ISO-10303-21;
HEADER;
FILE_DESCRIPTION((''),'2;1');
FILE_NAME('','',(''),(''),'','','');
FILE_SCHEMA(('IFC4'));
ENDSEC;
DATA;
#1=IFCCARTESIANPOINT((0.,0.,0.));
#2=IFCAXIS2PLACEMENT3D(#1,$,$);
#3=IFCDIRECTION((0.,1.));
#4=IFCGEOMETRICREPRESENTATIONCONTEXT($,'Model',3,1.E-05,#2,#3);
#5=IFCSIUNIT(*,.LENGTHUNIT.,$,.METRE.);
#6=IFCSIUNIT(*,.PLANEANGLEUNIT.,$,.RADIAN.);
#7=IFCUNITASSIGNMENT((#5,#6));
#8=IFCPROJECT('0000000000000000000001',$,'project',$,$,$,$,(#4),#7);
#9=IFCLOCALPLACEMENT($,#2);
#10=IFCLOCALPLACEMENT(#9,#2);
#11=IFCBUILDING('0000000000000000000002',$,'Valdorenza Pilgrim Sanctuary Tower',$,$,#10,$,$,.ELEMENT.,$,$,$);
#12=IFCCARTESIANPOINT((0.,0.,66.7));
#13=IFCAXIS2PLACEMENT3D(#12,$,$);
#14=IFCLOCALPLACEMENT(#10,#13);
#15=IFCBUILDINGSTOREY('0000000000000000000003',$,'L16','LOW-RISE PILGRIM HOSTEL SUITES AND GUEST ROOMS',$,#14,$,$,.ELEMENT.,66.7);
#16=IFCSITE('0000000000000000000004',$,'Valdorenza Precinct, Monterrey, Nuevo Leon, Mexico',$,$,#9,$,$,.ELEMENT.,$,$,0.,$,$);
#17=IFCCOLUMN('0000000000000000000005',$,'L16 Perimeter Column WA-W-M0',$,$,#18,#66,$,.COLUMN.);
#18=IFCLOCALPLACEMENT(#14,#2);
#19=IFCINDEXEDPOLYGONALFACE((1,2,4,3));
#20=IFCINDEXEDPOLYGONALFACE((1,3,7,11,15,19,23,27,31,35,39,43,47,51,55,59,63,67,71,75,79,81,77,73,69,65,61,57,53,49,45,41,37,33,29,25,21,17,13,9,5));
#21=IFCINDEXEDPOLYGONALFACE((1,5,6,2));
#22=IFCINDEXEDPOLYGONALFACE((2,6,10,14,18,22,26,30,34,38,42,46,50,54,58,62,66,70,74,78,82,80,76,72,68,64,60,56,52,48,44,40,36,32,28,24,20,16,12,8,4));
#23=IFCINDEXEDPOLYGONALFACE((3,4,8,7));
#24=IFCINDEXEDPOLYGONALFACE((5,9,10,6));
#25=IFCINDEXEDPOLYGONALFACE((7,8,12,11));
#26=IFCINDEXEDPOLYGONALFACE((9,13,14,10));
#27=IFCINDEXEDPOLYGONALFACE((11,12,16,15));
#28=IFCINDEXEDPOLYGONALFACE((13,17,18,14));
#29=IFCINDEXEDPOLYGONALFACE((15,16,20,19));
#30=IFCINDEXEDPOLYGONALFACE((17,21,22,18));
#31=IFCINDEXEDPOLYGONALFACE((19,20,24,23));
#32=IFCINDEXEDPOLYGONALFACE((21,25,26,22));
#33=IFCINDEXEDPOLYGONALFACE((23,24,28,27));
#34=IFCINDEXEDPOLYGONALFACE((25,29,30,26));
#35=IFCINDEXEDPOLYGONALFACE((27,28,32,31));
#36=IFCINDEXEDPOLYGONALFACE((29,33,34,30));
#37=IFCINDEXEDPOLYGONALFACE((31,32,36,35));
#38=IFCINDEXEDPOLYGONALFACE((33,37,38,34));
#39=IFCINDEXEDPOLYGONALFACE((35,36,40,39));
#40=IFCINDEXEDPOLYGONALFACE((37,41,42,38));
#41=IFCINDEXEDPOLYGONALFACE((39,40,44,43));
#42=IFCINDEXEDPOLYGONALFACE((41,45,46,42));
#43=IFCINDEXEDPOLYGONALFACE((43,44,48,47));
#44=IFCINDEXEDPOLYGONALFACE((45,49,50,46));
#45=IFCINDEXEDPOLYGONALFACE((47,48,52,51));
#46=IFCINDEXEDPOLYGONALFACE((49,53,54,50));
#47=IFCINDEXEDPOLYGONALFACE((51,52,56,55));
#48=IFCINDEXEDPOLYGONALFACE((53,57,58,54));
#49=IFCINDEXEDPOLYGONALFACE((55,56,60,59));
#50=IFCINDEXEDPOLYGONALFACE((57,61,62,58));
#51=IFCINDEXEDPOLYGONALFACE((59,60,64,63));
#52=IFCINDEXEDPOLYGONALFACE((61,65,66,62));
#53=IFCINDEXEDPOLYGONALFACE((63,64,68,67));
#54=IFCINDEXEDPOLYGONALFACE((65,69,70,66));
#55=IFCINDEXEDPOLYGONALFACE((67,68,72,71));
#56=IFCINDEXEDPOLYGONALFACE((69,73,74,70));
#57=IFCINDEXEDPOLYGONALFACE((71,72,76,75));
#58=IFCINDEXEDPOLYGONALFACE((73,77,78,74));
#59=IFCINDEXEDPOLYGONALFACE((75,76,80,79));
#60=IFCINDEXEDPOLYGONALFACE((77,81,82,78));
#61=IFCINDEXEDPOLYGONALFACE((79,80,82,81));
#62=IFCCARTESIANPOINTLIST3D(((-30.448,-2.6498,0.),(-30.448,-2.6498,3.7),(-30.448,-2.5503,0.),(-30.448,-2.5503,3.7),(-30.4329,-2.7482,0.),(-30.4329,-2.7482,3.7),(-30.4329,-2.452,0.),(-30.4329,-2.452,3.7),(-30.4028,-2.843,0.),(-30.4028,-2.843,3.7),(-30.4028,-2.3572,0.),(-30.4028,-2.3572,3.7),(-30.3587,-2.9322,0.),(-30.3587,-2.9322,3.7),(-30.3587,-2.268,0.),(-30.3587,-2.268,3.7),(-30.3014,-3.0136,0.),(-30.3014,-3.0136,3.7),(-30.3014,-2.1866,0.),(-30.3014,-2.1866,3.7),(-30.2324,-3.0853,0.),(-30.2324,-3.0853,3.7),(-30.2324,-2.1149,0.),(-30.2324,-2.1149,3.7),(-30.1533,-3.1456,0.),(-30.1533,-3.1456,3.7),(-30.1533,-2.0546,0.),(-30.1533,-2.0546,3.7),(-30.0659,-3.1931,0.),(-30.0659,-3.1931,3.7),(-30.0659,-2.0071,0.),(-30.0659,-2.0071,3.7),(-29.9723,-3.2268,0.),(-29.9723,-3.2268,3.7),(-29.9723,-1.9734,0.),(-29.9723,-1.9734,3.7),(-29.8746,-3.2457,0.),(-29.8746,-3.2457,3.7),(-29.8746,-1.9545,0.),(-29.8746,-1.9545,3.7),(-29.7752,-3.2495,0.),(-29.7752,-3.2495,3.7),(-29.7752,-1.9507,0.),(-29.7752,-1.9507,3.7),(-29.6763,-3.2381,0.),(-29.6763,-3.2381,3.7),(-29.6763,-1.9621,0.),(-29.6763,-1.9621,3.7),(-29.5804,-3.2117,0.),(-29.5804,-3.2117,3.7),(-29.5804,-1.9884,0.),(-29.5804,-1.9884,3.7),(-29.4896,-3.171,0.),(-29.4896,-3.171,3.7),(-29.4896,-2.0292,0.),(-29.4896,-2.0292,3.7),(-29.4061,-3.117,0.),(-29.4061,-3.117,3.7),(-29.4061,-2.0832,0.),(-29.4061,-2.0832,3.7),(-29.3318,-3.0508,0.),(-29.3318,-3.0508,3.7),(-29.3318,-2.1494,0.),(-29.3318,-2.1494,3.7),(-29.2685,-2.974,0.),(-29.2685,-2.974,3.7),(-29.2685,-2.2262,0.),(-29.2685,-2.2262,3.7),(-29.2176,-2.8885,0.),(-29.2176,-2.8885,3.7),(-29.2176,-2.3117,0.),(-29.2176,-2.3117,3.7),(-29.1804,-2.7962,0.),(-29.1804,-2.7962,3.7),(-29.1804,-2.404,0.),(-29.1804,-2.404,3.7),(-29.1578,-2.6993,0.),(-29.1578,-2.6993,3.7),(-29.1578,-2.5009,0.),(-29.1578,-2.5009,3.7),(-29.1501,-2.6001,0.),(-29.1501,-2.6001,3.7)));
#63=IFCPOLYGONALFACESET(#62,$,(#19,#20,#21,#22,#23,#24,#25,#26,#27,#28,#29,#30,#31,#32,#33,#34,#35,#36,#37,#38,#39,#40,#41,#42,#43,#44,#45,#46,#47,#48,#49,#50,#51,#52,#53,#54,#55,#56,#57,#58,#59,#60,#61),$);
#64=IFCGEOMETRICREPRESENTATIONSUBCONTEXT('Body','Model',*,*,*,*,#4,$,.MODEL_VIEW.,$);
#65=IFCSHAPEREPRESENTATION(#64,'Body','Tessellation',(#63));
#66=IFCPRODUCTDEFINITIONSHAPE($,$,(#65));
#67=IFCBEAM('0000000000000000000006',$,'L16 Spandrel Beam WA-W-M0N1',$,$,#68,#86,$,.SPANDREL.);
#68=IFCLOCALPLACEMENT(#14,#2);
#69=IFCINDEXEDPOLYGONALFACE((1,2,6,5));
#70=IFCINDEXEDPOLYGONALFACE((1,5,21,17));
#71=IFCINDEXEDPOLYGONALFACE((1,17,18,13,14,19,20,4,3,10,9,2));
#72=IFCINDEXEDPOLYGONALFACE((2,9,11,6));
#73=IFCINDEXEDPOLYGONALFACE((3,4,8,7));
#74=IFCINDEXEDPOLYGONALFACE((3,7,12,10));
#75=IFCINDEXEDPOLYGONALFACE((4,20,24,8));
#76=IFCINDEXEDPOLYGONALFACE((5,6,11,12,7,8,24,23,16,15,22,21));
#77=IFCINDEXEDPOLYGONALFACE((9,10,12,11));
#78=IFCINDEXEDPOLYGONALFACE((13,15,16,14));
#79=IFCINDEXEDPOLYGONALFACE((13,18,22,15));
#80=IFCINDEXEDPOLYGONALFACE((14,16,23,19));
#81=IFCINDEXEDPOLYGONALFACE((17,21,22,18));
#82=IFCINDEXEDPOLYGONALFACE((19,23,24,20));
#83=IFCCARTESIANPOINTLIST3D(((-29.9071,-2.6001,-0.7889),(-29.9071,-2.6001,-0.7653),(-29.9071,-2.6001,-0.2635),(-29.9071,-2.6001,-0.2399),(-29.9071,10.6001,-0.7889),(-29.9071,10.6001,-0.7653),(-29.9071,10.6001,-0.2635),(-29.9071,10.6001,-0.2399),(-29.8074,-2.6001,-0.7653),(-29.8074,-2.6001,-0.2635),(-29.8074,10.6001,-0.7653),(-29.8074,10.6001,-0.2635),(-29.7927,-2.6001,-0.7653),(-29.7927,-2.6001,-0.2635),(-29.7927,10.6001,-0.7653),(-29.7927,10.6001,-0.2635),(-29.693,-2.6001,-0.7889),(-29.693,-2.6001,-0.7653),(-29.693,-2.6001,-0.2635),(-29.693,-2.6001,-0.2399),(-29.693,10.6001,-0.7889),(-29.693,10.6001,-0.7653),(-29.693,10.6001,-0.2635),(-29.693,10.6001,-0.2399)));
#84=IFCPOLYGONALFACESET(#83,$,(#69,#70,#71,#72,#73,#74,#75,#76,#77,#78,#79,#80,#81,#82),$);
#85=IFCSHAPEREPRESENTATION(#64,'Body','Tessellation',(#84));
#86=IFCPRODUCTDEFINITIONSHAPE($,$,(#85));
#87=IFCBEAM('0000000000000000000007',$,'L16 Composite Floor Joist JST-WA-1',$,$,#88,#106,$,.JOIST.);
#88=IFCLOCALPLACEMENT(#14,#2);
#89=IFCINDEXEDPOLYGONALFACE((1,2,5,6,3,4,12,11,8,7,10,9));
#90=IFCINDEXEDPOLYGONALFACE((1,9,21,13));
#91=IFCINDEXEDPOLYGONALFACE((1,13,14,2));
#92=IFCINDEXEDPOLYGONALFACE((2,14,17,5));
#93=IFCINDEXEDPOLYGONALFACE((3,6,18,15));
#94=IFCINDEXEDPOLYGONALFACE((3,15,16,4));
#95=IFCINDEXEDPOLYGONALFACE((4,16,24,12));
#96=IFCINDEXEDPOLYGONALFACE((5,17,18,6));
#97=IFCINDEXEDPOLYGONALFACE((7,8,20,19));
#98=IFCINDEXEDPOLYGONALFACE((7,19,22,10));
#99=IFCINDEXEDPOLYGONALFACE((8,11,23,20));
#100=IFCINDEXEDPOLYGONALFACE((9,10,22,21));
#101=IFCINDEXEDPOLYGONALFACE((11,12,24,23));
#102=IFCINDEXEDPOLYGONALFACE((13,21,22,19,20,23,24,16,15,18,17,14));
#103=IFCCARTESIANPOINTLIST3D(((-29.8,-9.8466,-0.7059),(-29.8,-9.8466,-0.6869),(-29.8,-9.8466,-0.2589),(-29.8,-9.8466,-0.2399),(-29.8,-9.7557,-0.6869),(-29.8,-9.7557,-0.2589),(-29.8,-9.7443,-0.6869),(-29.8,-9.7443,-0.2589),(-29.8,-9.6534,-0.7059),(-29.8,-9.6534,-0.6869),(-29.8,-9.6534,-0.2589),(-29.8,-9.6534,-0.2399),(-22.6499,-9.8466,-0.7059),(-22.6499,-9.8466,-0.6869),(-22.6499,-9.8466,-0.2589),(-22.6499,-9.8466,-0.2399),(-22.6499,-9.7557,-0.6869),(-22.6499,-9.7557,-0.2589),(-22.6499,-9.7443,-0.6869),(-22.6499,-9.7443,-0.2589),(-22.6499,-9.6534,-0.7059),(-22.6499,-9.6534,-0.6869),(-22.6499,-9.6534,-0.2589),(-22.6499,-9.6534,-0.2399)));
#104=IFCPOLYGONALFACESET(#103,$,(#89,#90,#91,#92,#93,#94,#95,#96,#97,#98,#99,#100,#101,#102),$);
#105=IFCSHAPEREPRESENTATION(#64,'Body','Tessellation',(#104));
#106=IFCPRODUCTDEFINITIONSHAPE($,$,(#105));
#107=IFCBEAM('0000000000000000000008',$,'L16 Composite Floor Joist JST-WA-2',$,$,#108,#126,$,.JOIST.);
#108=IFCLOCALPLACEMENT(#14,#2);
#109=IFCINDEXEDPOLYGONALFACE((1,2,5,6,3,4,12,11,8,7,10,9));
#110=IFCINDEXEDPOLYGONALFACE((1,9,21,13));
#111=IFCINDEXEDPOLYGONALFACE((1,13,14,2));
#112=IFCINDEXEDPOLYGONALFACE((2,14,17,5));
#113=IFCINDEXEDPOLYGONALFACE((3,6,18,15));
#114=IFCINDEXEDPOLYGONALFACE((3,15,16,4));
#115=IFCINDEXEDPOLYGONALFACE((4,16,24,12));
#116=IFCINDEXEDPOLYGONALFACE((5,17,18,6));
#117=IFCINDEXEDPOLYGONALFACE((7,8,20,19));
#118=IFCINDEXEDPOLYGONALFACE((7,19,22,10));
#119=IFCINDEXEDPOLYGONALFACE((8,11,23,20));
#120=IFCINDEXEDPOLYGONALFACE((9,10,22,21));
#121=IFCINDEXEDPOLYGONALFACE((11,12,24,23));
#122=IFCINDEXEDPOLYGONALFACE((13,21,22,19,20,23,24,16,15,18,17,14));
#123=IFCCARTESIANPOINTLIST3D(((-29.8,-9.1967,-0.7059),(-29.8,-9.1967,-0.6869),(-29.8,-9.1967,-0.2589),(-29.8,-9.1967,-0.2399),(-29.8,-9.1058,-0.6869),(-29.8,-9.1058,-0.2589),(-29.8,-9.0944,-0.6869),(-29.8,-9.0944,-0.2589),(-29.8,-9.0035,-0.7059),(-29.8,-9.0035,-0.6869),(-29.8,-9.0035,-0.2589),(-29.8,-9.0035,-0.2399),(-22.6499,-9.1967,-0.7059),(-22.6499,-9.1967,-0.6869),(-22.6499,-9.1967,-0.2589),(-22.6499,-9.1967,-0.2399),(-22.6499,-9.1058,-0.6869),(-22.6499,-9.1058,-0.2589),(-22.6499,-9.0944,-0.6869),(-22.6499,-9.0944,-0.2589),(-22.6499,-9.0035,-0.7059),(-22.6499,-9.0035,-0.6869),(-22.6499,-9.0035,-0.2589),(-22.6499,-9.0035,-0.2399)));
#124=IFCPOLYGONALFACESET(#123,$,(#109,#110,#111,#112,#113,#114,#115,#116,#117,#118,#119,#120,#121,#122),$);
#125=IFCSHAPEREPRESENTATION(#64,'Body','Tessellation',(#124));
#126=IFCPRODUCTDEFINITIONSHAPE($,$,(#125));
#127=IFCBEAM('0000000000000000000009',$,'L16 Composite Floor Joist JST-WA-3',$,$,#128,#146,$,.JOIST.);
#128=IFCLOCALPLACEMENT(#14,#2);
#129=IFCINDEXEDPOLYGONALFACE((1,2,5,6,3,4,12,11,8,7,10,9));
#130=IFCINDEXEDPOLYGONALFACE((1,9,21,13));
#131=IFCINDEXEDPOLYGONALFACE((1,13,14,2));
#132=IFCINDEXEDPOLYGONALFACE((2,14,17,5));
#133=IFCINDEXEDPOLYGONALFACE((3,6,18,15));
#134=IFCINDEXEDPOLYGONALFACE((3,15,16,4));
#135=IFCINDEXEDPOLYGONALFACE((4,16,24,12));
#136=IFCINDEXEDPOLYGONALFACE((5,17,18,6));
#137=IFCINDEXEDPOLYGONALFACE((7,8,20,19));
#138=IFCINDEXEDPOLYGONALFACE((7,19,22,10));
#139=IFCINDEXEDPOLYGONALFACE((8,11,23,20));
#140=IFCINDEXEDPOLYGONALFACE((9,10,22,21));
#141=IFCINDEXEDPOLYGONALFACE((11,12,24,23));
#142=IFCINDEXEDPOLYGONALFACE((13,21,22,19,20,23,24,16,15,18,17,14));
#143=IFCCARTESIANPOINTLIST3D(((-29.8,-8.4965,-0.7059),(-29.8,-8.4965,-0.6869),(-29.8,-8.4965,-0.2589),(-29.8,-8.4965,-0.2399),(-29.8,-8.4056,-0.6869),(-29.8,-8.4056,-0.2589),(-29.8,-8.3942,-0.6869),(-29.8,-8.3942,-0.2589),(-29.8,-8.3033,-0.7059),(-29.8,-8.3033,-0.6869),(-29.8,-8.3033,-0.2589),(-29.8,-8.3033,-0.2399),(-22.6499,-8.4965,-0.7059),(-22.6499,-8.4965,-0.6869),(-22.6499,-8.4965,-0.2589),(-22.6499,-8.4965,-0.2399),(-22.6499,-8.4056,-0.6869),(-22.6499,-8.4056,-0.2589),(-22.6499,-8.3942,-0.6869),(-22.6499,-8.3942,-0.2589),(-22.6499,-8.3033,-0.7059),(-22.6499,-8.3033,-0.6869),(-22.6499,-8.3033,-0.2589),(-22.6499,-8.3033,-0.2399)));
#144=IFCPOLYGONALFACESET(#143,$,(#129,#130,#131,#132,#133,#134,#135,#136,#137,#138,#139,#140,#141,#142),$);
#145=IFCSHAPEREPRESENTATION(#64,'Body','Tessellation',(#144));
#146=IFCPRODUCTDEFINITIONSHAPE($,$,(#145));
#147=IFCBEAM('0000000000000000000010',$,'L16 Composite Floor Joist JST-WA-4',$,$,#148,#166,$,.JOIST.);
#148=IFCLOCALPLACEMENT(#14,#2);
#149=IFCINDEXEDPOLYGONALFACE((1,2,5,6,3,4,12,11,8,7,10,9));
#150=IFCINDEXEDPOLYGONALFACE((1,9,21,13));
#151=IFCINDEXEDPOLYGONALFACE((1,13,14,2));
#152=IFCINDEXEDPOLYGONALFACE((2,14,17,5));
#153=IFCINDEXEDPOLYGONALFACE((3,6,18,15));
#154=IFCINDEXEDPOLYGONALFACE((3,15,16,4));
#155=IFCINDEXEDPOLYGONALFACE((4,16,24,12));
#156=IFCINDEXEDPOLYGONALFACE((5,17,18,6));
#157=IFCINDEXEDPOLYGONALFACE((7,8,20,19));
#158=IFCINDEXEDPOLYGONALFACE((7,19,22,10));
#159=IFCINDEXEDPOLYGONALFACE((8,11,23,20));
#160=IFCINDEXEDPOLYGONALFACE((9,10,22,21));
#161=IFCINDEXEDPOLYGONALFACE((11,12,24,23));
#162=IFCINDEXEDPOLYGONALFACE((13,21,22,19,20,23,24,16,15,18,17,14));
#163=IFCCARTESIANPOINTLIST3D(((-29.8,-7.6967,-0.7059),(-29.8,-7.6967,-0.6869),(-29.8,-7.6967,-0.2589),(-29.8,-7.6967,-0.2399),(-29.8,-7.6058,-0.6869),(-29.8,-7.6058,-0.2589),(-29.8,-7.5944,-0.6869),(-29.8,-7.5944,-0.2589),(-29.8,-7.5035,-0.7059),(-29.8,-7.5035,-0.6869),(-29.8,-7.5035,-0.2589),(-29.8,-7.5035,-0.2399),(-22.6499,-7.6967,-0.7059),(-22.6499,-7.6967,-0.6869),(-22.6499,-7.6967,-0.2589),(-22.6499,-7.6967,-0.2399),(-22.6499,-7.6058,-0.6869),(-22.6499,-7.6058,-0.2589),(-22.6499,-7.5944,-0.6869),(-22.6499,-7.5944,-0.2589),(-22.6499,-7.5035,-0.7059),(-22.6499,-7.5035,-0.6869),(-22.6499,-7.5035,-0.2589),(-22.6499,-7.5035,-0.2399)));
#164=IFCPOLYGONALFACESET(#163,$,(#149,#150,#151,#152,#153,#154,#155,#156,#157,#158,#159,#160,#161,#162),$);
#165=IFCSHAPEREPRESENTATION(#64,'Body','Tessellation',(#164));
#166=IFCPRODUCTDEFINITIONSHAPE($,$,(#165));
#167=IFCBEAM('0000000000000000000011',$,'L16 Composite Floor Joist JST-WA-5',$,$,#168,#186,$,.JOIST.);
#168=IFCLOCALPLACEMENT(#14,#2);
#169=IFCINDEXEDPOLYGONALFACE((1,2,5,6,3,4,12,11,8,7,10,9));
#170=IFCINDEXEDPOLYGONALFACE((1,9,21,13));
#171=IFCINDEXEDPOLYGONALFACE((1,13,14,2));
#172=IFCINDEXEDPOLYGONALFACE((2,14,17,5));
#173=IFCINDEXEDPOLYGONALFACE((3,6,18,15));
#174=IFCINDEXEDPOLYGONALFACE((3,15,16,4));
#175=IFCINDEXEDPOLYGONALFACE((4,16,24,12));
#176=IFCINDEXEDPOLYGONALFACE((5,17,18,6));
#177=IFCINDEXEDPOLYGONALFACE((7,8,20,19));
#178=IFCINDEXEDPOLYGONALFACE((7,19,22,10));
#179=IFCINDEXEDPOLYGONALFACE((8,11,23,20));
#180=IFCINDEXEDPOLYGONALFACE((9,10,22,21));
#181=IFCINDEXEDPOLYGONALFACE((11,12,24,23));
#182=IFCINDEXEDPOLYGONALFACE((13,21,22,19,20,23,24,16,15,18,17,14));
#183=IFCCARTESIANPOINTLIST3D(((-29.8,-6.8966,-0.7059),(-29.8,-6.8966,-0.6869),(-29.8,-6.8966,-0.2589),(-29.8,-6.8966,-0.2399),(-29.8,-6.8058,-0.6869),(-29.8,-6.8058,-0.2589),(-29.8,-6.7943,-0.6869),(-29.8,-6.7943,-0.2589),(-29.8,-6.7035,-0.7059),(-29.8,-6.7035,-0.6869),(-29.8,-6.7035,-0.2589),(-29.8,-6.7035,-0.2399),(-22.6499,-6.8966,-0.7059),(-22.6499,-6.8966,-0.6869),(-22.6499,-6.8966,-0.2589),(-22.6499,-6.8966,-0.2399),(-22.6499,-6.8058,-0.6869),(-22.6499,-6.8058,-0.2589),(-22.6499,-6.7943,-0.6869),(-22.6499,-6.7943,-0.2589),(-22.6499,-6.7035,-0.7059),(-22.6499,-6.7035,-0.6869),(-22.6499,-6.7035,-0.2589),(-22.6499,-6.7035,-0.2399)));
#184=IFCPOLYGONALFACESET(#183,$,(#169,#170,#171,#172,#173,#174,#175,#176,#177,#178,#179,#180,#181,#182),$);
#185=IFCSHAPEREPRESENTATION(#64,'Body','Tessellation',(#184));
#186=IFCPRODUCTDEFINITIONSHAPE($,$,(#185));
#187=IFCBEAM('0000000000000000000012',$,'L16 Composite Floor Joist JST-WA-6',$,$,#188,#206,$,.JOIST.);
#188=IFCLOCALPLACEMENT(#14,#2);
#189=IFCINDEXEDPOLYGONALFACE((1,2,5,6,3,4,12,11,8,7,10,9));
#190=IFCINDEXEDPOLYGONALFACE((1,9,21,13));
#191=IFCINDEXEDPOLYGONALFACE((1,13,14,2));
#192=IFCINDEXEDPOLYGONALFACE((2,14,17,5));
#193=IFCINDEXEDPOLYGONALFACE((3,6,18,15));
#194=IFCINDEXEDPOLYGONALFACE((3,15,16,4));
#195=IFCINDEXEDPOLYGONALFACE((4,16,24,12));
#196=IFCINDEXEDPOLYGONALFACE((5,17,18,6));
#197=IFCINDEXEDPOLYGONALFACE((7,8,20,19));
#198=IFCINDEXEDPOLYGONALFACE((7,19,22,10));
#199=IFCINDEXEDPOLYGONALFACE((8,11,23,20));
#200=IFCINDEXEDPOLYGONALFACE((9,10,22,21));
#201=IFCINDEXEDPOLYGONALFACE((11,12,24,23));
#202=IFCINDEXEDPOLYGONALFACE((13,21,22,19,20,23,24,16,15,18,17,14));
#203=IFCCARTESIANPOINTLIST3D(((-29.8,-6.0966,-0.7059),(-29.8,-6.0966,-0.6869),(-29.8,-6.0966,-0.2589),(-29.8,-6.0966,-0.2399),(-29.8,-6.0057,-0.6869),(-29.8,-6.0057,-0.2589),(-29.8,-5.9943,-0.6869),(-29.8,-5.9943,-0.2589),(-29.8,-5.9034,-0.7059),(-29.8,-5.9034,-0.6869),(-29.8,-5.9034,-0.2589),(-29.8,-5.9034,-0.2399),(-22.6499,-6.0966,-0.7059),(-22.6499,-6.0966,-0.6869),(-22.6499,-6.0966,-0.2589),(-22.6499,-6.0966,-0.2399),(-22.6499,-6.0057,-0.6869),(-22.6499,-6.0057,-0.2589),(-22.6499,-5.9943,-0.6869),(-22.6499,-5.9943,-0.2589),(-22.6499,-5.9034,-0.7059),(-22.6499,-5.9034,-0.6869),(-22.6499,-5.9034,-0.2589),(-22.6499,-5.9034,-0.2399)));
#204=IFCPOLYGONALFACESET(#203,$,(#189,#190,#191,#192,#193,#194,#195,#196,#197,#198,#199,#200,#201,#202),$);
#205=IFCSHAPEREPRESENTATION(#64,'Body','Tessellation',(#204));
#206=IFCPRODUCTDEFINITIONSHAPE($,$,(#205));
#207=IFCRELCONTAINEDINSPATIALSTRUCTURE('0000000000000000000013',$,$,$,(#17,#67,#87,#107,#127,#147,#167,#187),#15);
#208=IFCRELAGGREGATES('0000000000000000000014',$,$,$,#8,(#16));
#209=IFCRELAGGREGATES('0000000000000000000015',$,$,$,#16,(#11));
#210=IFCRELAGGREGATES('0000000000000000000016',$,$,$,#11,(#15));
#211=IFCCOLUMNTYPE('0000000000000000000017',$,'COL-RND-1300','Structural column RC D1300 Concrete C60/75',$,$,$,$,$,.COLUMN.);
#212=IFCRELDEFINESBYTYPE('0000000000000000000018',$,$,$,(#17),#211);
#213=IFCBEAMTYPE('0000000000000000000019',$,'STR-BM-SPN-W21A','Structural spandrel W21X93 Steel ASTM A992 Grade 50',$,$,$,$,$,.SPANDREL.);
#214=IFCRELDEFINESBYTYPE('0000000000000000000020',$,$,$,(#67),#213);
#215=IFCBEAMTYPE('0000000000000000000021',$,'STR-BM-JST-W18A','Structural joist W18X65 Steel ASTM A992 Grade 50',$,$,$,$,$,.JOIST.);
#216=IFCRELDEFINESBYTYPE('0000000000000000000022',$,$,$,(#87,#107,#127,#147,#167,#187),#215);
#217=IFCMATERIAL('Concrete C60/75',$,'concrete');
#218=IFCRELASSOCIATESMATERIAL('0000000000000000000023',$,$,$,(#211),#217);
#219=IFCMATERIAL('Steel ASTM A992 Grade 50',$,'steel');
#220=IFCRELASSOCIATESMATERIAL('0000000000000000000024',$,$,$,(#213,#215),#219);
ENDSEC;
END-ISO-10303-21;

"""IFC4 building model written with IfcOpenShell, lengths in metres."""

from ifc_helpers import new_model, si_unit, direction, frame, origin, origin_2d, place, context, subcontext, project, spatial, circle, i_section, extrude, source, transform, mapped, material, material_profile, profile_set, type_object, element, save


model = new_model("IFC4")

# Units and contexts
model_context = context("Model", 3, precision=1e-05, world=origin(), true_north=direction((0.0, 1.0)))
body_context = subcontext(model_context, "Body", "Model", "MODEL_VIEW")
ifc_project = project(units=[si_unit("LENGTHUNIT", "METRE"), si_unit("PLANEANGLEUNIT", "RADIAN")], contexts=[model_context])

# Site, building, storey
site_placement = place(None, origin())
site = spatial("IfcSite", under=ifc_project, at=site_placement, Name="Valdorenza Precinct, Monterrey, Nuevo Leon, Mexico", CompositionType="ELEMENT", RefElevation=0.0)
building_placement = place(site_placement, origin())
building = spatial("IfcBuilding", under=site, at=building_placement, Name="Valdorenza Pilgrim Sanctuary Tower", CompositionType="ELEMENT")
storey_placement = place(building_placement, frame((0.0, 0.0, 66.7)))
storey = spatial("IfcBuildingStorey", under=building, at=storey_placement, Name="L16", Description="LOW-RISE PILGRIM HOSTEL SUITES AND GUEST ROOMS", CompositionType="ELEMENT", Elevation=66.7)

# Column
ifc_material_1 = material(Name="Concrete C60/75", Category="concrete")
ifc_material_profile_1 = material_profile(ifc_material_1, circle(Radius=0.6499, at=origin_2d()), Name="RC D1300")
ifc_profile_set_1 = profile_set([ifc_material_profile_1], Name="Concrete C60/75")
column_type = type_object("IfcColumnType", Name="COL-RND-1300", Description="Structural column RC D1300 Concrete C60/75", PredefinedType="COLUMN", material=ifc_profile_set_1)
shared_shape_1 = source(origin(), body_context, "Body", "SweptSolid", [
    extrude(circle(Radius=0.6499, at=origin_2d()), origin(), (0.0, 0.0, 1.0), 3.7),
])
column_placement = place(storey_placement, frame((-29.8, -2.6001, 0.0), z_axis=(0.0, 0.0, 1.0), x_axis=(1.0, 0.0, 0.0)))
element("IfcColumn", 1, at=column_placement, inside=storey, type_object=column_type, Name="L16 Perimeter Column WA-W-M0", PredefinedType="COLUMN", context=body_context, shape_type="MappedRepresentation", body=[
    mapped(shared_shape_1, transform((0.0, 0.0, 0.0), x_axis=(1.0, 0.0, 0.0), y_axis=(0.0, 1.0, 0.0), z_axis=(0.0, 0.0, 1.0), scale=1.0)),
])

# Beams
ifc_material_2 = material(Name="Steel ASTM A992 Grade 50", Category="steel")
ifc_material_profile_2 = material_profile(ifc_material_2, i_section(OverallWidth=0.2141, OverallDepth=0.5491, WebThickness=0.0146, FlangeThickness=0.0237, at=origin_2d()), Name="W21X93")
ifc_profile_set_2 = profile_set([ifc_material_profile_2], Name="Steel ASTM A992 Grade 50")
beam_type_1 = type_object("IfcBeamType", Name="STR-BM-SPN-W21A", Description="Structural spandrel W21X93 Steel ASTM A992 Grade 50", PredefinedType="SPANDREL", material=ifc_profile_set_2)
shared_shape_2 = source(origin(), body_context, "Body", "SweptSolid", [
    extrude(i_section(OverallWidth=0.2141, OverallDepth=0.5491, WebThickness=0.0146, FlangeThickness=0.0237, at=origin_2d()), origin(), (0.0, 0.0, 1.0), 13.2002),
])
beam_1_placement = place(storey_placement, frame((-29.8, -2.6001, -0.5144), z_axis=(0.0, 1.0, 0.0), x_axis=(-1.0, 0.0, 0.0)))
element("IfcBeam", 2, at=beam_1_placement, inside=storey, type_object=beam_type_1, Name="L16 Spandrel Beam WA-W-M0N1", PredefinedType="SPANDREL", context=body_context, shape_type="MappedRepresentation", body=[
    mapped(shared_shape_2, transform((0.0, 0.0, 0.0), x_axis=(1.0, 0.0, 0.0), y_axis=(0.0, 1.0, 0.0), z_axis=(0.0, 0.0, 1.0), scale=1.0)),
])
ifc_material_profile_3 = material_profile(ifc_material_2, i_section(OverallWidth=0.1931, OverallDepth=0.4661, WebThickness=0.0115, FlangeThickness=0.019, at=origin_2d()), Name="W18X65")
ifc_profile_set_3 = profile_set([ifc_material_profile_3], Name="Steel ASTM A992 Grade 50")
beam_type_2 = type_object("IfcBeamType", Name="STR-BM-JST-W18A", Description="Structural joist W18X65 Steel ASTM A992 Grade 50", PredefinedType="JOIST", material=ifc_profile_set_3)
shared_shape_3 = source(origin(), body_context, "Body", "SweptSolid", [
    extrude(i_section(OverallWidth=0.1931, OverallDepth=0.4661, WebThickness=0.0115, FlangeThickness=0.019, at=origin_2d()), origin(), (0.0, 0.0, 1.0), 7.1501),
])
for number, where, z_axis, x_axis, name in (
    (3, (-29.8, -9.75, -0.4729), (1.0, 0.0, 0.0), (0.0, 1.0, 0.0), "L16 Composite Floor Joist JST-WA-1"),
    (4, (-29.8, -9.1001, -0.4729), (1.0, 0.0, 0.0), (0.0, 1.0, 0.0), "L16 Composite Floor Joist JST-WA-2"),
    (5, (-29.8, -8.3999, -0.4729), (1.0, 0.0, 0.0), (0.0, 1.0, 0.0), "L16 Composite Floor Joist JST-WA-3"),
    (6, (-29.8, -7.6001, -0.4729), (1.0, 0.0, 0.0), (0.0, 1.0, 0.0), "L16 Composite Floor Joist JST-WA-4"),
    (7, (-29.8, -6.8, -0.4729), (1.0, 0.0, 0.0), (0.0, 1.0, 0.0), "L16 Composite Floor Joist JST-WA-5"),
    (8, (-29.8, -6.0, -0.4729), (1.0, 0.0, 0.0), (0.0, 1.0, 0.0), "L16 Composite Floor Joist JST-WA-6"),
):
    element("IfcBeam", number, at=place(storey_placement, frame(where, z_axis=z_axis, x_axis=x_axis)), inside=storey, type_object=beam_type_2, Name=name, PredefinedType="JOIST", context=body_context, shape_type="MappedRepresentation", body=[
        mapped(shared_shape_3, transform((0.0, 0.0, 0.0), x_axis=(1.0, 0.0, 0.0), y_axis=(0.0, 1.0, 0.0), z_axis=(0.0, 0.0, 1.0), scale=1.0)),
    ])

save(model, "model.ifc")
